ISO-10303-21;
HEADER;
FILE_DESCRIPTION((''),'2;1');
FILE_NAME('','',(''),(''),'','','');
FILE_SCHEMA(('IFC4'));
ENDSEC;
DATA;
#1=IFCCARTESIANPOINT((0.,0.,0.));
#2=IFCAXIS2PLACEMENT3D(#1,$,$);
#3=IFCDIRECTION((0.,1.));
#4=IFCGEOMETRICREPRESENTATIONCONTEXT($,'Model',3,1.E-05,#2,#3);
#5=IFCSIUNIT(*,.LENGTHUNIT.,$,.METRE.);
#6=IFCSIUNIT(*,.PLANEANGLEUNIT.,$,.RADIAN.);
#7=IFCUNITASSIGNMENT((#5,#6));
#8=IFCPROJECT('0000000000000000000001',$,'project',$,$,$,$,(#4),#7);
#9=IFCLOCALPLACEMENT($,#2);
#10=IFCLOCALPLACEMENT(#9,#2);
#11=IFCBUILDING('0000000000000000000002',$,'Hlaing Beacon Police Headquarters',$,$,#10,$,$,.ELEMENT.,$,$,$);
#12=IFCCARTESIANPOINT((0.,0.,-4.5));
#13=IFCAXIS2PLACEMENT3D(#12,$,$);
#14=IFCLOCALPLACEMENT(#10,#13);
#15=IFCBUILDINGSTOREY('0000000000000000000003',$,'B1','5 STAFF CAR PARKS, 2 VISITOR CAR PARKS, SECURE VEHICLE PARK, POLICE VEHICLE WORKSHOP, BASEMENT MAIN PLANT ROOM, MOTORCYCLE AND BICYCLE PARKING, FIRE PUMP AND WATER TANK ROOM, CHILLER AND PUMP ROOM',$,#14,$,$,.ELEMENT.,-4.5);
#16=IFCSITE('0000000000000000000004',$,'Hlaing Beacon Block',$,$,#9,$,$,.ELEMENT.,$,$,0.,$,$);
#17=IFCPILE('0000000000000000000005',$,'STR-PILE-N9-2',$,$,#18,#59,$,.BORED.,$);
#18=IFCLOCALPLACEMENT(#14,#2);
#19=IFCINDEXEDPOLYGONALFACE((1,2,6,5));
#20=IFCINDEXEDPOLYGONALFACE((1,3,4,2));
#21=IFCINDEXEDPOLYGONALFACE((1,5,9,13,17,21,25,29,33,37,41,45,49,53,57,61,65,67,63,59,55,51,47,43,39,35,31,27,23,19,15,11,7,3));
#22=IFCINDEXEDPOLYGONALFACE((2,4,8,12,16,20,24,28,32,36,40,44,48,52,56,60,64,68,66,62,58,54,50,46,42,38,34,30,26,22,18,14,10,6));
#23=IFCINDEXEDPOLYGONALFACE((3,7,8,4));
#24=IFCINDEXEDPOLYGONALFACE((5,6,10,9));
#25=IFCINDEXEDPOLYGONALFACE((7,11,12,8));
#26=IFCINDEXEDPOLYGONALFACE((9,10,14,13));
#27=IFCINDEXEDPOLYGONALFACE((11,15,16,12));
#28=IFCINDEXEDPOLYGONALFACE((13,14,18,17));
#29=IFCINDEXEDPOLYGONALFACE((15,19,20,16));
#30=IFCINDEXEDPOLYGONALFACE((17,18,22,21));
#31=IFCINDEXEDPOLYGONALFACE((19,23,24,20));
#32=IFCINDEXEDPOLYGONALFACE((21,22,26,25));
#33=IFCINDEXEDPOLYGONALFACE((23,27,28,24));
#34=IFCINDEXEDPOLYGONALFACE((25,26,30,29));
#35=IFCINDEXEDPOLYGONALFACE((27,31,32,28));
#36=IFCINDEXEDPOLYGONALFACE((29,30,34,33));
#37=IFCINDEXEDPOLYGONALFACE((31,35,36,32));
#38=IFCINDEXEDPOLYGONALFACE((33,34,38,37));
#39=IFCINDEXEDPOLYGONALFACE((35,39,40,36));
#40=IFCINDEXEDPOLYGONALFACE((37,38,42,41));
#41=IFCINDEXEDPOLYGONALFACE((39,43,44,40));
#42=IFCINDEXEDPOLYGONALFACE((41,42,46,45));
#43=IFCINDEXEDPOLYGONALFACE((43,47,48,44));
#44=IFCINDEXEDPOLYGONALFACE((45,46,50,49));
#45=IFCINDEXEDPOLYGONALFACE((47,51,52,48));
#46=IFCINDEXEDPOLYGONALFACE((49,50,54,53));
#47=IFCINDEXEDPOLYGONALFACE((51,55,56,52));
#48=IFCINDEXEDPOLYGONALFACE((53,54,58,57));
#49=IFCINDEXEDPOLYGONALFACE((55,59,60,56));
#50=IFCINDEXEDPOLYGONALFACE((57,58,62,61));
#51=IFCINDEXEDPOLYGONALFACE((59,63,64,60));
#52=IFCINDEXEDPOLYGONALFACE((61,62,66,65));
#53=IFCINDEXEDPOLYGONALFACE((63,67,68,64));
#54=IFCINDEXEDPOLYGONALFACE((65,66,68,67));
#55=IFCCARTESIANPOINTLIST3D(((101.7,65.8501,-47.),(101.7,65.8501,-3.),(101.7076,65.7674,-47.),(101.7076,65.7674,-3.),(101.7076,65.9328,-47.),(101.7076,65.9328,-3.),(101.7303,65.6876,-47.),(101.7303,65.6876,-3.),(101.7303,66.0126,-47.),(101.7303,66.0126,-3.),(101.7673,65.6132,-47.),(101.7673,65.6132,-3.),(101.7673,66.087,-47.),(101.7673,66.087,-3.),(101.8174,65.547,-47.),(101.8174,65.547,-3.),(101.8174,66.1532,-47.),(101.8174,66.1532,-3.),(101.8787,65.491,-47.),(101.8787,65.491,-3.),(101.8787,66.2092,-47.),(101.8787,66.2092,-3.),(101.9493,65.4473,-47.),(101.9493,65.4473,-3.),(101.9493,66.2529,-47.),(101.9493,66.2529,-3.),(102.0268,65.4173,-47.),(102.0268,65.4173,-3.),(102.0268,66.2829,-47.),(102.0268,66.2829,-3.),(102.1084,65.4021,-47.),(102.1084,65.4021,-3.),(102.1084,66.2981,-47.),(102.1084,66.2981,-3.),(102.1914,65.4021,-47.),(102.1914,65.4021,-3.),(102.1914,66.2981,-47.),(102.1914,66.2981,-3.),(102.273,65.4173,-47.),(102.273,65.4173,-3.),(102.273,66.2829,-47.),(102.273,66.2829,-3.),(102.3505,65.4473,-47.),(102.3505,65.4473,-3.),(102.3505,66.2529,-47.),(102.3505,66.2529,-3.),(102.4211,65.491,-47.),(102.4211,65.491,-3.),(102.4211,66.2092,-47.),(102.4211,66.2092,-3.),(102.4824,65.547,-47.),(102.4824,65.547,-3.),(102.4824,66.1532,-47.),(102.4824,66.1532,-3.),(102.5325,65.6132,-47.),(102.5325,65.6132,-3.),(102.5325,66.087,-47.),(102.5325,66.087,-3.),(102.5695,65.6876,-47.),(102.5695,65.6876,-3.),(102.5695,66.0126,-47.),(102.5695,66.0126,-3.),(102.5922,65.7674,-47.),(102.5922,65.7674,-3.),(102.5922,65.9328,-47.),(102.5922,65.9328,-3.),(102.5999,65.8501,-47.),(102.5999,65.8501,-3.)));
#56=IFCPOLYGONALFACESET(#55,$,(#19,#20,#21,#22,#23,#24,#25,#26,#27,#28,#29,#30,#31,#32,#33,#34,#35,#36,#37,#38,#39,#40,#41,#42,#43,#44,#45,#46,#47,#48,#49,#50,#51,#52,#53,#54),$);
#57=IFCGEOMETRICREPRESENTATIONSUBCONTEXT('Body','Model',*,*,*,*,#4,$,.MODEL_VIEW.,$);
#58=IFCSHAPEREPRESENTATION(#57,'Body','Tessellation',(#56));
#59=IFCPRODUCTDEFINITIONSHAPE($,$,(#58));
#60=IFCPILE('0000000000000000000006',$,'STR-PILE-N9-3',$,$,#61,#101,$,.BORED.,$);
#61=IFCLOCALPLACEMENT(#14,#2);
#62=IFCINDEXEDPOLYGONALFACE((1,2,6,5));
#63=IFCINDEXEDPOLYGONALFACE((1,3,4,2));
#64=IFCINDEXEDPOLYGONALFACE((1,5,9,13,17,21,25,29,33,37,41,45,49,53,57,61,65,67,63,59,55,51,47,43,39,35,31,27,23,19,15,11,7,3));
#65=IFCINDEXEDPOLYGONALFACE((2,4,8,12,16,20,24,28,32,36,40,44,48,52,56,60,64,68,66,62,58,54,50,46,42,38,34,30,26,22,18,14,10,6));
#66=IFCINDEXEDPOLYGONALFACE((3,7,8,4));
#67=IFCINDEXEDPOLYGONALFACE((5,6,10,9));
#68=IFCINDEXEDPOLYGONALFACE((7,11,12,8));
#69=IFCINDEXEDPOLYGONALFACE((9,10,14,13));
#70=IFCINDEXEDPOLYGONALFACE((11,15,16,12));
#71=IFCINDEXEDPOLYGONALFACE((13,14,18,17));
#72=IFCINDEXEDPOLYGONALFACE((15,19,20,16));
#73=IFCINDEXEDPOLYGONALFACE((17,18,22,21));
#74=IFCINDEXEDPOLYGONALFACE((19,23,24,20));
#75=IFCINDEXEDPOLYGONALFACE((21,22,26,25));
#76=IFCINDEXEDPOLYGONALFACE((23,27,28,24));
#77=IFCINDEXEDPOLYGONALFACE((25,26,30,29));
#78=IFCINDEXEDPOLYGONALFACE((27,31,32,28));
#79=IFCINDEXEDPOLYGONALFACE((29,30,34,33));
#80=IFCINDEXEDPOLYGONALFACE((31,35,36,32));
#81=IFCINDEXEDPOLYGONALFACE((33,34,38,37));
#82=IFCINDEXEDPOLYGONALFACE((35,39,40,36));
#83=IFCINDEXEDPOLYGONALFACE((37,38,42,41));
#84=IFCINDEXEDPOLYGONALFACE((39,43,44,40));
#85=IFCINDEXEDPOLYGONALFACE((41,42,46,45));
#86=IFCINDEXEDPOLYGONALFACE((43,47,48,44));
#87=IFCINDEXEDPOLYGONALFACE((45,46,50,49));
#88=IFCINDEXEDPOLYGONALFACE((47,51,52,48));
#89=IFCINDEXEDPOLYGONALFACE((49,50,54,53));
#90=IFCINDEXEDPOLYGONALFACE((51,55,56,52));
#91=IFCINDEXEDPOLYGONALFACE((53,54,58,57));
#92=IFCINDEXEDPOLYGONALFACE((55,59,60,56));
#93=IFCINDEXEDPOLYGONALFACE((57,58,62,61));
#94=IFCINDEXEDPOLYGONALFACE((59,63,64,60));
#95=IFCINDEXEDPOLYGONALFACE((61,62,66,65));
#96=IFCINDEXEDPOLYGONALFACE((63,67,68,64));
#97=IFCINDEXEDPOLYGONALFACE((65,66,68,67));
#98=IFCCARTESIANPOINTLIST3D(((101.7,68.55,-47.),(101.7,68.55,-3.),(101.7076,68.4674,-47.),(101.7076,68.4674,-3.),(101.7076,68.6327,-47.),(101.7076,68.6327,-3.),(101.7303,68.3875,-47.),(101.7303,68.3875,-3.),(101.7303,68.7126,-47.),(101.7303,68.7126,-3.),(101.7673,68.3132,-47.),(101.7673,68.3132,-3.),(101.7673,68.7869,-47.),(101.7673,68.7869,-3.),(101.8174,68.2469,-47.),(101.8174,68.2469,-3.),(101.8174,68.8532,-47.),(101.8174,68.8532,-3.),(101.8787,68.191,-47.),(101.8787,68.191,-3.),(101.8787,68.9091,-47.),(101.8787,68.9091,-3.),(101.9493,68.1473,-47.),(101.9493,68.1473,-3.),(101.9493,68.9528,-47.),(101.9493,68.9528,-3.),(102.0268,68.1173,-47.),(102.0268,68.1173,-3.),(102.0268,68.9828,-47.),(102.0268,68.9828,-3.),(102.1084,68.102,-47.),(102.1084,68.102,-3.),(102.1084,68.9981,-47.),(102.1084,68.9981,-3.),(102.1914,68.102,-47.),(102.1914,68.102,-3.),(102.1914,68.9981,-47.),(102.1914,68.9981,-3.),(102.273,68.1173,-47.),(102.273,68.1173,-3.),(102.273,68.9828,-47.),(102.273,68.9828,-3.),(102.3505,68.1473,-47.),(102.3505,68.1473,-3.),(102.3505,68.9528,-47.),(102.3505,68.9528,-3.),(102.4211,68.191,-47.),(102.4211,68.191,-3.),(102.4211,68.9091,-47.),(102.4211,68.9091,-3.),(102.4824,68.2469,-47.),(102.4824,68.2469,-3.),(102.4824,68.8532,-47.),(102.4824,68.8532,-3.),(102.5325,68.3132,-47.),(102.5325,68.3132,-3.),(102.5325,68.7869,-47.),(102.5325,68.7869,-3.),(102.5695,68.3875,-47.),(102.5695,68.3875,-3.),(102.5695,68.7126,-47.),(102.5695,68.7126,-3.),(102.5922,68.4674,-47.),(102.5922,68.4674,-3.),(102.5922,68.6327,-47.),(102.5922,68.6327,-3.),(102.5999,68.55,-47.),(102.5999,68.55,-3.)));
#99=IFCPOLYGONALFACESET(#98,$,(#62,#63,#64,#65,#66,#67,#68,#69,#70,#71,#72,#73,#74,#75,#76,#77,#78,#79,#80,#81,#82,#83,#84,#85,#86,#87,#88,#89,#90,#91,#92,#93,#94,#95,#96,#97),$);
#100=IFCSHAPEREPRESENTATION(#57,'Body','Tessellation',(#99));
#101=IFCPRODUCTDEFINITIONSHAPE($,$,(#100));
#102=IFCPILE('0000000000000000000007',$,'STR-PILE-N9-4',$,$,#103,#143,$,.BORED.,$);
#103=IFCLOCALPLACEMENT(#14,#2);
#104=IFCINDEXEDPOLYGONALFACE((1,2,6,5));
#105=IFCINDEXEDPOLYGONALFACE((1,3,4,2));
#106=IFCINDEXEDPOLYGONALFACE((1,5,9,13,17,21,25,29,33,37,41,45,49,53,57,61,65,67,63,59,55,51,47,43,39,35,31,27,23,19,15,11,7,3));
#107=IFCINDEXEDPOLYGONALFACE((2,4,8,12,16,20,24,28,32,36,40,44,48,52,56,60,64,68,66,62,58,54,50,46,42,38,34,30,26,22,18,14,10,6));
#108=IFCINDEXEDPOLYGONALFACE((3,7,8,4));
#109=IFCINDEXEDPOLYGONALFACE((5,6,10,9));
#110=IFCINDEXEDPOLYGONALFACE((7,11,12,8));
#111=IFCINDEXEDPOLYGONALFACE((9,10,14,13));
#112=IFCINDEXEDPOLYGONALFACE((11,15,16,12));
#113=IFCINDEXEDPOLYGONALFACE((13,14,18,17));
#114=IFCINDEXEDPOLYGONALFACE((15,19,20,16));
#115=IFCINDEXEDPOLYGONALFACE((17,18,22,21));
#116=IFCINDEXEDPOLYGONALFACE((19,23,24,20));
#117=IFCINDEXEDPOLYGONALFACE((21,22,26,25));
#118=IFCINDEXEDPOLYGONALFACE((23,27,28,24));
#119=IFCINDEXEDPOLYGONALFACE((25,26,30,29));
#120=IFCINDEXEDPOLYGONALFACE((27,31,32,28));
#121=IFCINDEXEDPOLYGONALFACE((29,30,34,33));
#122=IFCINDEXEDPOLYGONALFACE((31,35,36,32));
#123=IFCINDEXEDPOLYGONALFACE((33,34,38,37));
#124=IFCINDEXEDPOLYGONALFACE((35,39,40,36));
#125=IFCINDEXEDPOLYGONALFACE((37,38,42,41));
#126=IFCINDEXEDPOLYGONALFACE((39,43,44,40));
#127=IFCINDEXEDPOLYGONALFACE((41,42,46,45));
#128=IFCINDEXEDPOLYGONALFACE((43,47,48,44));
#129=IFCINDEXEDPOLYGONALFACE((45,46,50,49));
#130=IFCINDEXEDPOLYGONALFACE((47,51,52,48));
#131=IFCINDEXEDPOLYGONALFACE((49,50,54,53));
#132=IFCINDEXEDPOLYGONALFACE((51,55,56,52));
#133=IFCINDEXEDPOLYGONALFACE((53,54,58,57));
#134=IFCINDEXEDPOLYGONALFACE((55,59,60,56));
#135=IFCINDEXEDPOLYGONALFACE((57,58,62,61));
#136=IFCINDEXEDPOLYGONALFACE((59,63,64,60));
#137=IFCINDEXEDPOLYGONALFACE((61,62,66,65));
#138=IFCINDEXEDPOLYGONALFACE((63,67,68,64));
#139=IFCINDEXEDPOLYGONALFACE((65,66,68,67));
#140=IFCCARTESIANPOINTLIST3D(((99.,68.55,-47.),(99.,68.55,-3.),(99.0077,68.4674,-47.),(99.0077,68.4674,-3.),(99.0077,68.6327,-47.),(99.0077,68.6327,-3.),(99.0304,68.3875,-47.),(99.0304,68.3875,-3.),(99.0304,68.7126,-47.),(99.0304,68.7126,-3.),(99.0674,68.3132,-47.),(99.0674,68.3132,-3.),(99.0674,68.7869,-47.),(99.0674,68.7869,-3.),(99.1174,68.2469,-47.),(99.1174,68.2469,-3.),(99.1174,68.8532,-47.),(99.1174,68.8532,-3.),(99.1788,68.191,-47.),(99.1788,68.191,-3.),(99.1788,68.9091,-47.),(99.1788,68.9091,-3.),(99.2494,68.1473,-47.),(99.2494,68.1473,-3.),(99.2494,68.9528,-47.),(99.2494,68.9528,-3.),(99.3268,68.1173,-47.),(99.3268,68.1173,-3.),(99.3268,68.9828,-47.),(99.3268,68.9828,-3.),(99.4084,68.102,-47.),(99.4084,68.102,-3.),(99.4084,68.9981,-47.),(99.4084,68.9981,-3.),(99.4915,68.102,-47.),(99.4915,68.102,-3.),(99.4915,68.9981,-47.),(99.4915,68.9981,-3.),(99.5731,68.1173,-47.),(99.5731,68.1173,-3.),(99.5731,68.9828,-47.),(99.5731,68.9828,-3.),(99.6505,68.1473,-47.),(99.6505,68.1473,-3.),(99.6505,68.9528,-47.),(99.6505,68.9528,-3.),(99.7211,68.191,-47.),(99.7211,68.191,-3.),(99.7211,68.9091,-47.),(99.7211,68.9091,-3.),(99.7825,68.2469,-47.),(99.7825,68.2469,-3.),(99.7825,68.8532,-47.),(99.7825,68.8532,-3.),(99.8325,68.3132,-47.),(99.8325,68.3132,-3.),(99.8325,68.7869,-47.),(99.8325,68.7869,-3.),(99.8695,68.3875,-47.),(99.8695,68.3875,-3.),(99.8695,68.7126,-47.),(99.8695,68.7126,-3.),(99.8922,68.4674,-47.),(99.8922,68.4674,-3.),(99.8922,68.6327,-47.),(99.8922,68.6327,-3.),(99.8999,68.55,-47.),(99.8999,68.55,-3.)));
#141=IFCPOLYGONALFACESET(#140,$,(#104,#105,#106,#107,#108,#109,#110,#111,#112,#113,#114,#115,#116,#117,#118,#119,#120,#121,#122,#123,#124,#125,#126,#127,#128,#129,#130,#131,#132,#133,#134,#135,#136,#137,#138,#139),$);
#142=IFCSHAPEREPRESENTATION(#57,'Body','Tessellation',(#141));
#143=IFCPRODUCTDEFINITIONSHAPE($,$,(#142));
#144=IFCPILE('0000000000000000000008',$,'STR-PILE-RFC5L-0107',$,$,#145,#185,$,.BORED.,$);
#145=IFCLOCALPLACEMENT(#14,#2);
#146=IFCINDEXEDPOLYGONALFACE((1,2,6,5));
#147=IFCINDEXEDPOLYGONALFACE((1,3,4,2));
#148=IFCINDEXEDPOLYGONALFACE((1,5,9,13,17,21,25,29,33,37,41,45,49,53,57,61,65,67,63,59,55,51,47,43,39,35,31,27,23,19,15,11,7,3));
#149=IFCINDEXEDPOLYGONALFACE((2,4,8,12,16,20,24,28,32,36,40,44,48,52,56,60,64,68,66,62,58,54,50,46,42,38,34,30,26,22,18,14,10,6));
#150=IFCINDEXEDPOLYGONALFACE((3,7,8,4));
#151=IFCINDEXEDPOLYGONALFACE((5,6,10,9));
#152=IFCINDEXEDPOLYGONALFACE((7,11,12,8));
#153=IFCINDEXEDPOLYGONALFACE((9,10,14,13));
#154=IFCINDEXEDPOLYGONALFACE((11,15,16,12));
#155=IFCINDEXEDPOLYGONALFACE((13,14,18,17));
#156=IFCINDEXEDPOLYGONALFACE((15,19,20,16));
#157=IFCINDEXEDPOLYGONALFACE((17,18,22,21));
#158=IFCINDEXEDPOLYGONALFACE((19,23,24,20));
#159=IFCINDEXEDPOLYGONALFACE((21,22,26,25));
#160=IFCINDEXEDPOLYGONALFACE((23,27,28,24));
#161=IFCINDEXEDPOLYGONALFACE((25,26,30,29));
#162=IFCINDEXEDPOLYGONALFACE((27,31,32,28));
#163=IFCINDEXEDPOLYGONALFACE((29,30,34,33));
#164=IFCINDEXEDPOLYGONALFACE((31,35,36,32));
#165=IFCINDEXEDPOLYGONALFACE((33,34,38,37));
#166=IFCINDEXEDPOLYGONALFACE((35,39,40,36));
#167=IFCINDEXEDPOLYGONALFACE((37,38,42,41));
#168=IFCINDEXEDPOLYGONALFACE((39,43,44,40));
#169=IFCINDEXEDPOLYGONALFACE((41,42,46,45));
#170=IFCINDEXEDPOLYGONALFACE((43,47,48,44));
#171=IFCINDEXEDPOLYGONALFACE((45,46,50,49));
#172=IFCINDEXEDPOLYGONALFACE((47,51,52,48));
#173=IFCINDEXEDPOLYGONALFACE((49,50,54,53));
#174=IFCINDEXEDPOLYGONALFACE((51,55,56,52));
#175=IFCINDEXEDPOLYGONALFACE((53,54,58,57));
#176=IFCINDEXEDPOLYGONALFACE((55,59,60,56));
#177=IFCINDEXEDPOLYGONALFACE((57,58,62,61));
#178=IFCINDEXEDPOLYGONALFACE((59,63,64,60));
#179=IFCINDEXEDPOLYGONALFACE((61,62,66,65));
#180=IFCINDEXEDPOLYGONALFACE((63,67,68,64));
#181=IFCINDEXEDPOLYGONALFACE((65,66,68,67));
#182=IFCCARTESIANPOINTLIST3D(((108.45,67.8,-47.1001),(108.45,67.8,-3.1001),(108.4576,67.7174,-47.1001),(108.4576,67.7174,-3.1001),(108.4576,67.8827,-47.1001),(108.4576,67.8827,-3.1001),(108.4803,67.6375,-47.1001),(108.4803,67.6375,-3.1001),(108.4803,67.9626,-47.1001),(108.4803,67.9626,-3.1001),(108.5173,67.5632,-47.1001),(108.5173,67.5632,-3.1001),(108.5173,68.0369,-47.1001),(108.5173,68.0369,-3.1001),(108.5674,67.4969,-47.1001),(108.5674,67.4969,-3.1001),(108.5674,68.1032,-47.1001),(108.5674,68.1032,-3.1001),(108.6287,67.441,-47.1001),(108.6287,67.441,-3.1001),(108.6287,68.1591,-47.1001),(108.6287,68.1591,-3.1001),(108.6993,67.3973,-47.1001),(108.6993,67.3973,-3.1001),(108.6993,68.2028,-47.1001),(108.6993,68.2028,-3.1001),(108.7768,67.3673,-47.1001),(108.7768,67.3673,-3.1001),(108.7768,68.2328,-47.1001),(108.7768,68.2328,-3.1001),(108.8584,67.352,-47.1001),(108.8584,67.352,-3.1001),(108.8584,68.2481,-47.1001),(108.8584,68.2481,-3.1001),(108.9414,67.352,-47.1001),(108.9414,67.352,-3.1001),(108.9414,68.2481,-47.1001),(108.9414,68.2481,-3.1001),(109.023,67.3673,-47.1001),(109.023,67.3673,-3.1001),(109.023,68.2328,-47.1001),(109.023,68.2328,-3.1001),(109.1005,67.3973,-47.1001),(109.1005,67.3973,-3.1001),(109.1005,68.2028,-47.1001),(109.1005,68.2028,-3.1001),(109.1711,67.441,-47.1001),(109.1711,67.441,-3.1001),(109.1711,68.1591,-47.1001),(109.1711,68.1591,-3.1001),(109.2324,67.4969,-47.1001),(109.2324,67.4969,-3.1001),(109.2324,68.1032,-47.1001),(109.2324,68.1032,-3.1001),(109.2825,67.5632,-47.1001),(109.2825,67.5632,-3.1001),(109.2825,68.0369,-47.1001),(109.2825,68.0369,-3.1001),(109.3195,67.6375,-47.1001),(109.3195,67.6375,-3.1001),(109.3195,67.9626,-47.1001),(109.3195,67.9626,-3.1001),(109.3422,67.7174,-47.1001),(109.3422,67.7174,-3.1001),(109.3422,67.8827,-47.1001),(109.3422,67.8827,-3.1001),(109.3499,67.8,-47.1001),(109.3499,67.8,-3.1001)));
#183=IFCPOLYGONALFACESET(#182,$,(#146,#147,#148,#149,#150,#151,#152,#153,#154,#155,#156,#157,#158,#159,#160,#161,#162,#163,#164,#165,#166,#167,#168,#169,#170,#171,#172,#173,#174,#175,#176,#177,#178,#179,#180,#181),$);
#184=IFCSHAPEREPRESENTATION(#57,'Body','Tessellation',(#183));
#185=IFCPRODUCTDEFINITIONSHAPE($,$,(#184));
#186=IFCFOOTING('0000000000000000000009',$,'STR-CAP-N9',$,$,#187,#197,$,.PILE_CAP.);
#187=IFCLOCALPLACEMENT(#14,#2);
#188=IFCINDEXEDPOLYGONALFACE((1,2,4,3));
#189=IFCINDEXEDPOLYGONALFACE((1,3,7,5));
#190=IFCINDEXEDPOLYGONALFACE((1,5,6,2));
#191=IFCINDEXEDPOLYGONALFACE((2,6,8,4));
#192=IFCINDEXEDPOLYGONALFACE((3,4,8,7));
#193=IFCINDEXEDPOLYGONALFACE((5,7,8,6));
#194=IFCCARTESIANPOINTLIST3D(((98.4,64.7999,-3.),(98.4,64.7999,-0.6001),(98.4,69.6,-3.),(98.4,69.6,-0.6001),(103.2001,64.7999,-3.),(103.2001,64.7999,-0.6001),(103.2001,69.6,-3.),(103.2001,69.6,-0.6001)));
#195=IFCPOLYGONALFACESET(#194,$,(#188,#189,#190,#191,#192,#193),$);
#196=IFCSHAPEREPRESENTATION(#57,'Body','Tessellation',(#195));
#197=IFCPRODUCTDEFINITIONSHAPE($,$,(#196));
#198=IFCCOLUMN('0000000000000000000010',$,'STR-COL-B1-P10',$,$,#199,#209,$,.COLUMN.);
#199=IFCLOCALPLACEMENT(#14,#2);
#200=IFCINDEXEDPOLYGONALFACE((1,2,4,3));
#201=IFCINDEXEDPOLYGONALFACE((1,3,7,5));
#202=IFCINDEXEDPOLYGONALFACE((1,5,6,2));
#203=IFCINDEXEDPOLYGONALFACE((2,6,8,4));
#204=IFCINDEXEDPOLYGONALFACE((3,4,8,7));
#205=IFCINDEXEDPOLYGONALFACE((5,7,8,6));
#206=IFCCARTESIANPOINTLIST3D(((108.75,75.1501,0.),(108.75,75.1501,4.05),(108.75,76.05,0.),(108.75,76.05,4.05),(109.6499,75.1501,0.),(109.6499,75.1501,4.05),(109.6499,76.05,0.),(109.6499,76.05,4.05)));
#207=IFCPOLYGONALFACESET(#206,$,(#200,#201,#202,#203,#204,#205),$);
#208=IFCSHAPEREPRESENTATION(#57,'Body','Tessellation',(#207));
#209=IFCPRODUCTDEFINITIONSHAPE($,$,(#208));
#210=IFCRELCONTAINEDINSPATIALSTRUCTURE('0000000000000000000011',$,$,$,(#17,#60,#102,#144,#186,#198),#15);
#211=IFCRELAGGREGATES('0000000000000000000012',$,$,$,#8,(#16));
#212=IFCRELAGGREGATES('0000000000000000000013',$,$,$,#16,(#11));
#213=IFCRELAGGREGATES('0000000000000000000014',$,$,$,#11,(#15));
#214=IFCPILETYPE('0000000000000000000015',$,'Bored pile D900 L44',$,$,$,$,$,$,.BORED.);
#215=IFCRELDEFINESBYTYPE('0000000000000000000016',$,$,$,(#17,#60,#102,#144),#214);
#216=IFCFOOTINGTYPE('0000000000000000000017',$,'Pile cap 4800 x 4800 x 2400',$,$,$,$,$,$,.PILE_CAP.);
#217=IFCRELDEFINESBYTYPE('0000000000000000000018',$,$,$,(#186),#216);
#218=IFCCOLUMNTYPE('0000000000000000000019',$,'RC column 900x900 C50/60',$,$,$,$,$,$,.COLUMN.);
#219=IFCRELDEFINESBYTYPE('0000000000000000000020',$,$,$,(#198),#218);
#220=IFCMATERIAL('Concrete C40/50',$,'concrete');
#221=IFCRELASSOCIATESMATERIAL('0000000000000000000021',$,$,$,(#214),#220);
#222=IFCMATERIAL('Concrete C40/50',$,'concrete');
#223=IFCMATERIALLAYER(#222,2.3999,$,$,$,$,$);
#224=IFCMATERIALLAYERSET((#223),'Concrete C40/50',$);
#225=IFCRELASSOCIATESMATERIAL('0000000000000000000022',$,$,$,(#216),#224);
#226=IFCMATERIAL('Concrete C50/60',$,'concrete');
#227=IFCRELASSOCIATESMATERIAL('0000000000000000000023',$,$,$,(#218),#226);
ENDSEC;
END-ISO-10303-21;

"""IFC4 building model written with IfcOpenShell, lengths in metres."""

from ifc_helpers import new_model, si_unit, direction, frame, origin, origin_2d, place, context, subcontext, project, spatial, rectangle, circle, extrude, material, layer, layer_set, material_profile, profile_set, type_object, element, save


model = new_model("IFC4")

# Units and contexts
model_context = context("Model", 3, precision=1e-05, world=origin(), true_north=direction((0.0, 1.0)))
body_context = subcontext(model_context, "Body", "Model", "MODEL_VIEW")
ifc_project = project(units=[si_unit("LENGTHUNIT", "METRE"), si_unit("PLANEANGLEUNIT", "RADIAN")], contexts=[model_context])

# Site, building, storey
site_placement = place(None, origin())
site = spatial("IfcSite", under=ifc_project, at=site_placement, Name="Hlaing Beacon Block", CompositionType="ELEMENT", RefElevation=0.0)
building_placement = place(site_placement, origin())
building = spatial("IfcBuilding", under=site, at=building_placement, Name="Hlaing Beacon Police Headquarters", CompositionType="ELEMENT")
storey_placement = place(building_placement, frame((0.0, 0.0, -4.5)))
storey = spatial("IfcBuildingStorey", under=building, at=storey_placement, Name="B1", Description="5 STAFF CAR PARKS, 2 VISITOR CAR PARKS, SECURE VEHICLE PARK, POLICE VEHICLE WORKSHOP, BASEMENT MAIN PLANT ROOM, MOTORCYCLE AND BICYCLE PARKING, FIRE PUMP AND WATER TANK ROOM, CHILLER AND PUMP ROOM", CompositionType="ELEMENT", Elevation=-4.5)

# Piles
ifc_material_1 = material(Name="Concrete C40/50", Category="concrete")
ifc_material_profile_1 = material_profile(ifc_material_1, circle(Radius=0.45, at=origin_2d()), Name="D900")
ifc_profile_set_1 = profile_set([ifc_material_profile_1], Name="Concrete C40/50")
pile_type_1 = type_object("IfcPileType", Name="Bored pile D900 L44", PredefinedType="BORED", material=ifc_profile_set_1)
for number, where, z_axis, x_axis, name in (
    (1, (102.1499, 65.8501, -3.0), (0.0, 0.0, -1.0), (1.0, 0.0, 0.0), "STR-PILE-N9-2"),
    (2, (102.1499, 68.55, -3.0), (0.0, 0.0, -1.0), (1.0, 0.0, 0.0), "STR-PILE-N9-3"),
    (3, (99.45, 68.55, -3.0), (0.0, 0.0, -1.0), (1.0, 0.0, 0.0), "STR-PILE-N9-4"),
    (4, (108.8999, 67.8, -3.1001), (0.0, 0.0, -1.0), (1.0, 0.0, 0.0), "STR-PILE-RFC5L-0107"),
):
    element("IfcPile", number, at=place(storey_placement, frame(where, z_axis=z_axis, x_axis=x_axis)), inside=storey, type_object=pile_type_1, Name=name, PredefinedType="BORED", context=body_context, shape_type="SweptSolid", body=[
        extrude(circle(Radius=0.45, at=origin_2d()), origin(), (0.0, 0.0, 1.0), 44.0),
    ])

# Footing
ifc_material_2 = material(Name="Concrete C40/50", Category="concrete")
ifc_layer_1 = layer(ifc_material_2, 2.3999)
ifc_layer_set_1 = layer_set([ifc_layer_1], Name="Concrete C40/50")
footing_type = type_object("IfcFootingType", Name="Pile cap 4800 x 4800 x 2400", PredefinedType="PILE_CAP", material=ifc_layer_set_1)
footing_placement = place(storey_placement, frame((100.8, 67.2, -3.0), z_axis=(0.0, 0.0, 1.0), x_axis=(1.0, 0.0, 0.0)))
element("IfcFooting", 5, at=footing_placement, inside=storey, type_object=footing_type, Name="STR-CAP-N9", PredefinedType="PILE_CAP", context=body_context, shape_type="SweptSolid", body=[
    extrude(rectangle(XDim=4.8, YDim=4.8, at=origin_2d()), origin(), (0.0, 0.0, 1.0), 2.3999),
])

# Column
ifc_material_3 = material(Name="Concrete C50/60", Category="concrete")
ifc_material_profile_2 = material_profile(ifc_material_3, rectangle(XDim=0.8999, YDim=0.8999, at=origin_2d()), Name="900x900")
ifc_profile_set_2 = profile_set([ifc_material_profile_2], Name="Concrete C50/60")
column_type_1 = type_object("IfcColumnType", Name="RC column 900x900 C50/60", PredefinedType="COLUMN", material=ifc_profile_set_2)
column_1_placement = place(storey_placement, frame((109.2, 75.6001, 0.0), z_axis=(0.0, 0.0, 1.0), x_axis=(1.0, 0.0, 0.0)))
element("IfcColumn", 6, at=column_1_placement, inside=storey, type_object=column_type_1, Name="STR-COL-B1-P10", PredefinedType="COLUMN", context=body_context, shape_type="SweptSolid", body=[
    extrude(rectangle(XDim=0.8999, YDim=0.8999, at=origin_2d()), origin(), (0.0, 0.0, 1.0), 4.05),
])

save(model, "model.ifc")
